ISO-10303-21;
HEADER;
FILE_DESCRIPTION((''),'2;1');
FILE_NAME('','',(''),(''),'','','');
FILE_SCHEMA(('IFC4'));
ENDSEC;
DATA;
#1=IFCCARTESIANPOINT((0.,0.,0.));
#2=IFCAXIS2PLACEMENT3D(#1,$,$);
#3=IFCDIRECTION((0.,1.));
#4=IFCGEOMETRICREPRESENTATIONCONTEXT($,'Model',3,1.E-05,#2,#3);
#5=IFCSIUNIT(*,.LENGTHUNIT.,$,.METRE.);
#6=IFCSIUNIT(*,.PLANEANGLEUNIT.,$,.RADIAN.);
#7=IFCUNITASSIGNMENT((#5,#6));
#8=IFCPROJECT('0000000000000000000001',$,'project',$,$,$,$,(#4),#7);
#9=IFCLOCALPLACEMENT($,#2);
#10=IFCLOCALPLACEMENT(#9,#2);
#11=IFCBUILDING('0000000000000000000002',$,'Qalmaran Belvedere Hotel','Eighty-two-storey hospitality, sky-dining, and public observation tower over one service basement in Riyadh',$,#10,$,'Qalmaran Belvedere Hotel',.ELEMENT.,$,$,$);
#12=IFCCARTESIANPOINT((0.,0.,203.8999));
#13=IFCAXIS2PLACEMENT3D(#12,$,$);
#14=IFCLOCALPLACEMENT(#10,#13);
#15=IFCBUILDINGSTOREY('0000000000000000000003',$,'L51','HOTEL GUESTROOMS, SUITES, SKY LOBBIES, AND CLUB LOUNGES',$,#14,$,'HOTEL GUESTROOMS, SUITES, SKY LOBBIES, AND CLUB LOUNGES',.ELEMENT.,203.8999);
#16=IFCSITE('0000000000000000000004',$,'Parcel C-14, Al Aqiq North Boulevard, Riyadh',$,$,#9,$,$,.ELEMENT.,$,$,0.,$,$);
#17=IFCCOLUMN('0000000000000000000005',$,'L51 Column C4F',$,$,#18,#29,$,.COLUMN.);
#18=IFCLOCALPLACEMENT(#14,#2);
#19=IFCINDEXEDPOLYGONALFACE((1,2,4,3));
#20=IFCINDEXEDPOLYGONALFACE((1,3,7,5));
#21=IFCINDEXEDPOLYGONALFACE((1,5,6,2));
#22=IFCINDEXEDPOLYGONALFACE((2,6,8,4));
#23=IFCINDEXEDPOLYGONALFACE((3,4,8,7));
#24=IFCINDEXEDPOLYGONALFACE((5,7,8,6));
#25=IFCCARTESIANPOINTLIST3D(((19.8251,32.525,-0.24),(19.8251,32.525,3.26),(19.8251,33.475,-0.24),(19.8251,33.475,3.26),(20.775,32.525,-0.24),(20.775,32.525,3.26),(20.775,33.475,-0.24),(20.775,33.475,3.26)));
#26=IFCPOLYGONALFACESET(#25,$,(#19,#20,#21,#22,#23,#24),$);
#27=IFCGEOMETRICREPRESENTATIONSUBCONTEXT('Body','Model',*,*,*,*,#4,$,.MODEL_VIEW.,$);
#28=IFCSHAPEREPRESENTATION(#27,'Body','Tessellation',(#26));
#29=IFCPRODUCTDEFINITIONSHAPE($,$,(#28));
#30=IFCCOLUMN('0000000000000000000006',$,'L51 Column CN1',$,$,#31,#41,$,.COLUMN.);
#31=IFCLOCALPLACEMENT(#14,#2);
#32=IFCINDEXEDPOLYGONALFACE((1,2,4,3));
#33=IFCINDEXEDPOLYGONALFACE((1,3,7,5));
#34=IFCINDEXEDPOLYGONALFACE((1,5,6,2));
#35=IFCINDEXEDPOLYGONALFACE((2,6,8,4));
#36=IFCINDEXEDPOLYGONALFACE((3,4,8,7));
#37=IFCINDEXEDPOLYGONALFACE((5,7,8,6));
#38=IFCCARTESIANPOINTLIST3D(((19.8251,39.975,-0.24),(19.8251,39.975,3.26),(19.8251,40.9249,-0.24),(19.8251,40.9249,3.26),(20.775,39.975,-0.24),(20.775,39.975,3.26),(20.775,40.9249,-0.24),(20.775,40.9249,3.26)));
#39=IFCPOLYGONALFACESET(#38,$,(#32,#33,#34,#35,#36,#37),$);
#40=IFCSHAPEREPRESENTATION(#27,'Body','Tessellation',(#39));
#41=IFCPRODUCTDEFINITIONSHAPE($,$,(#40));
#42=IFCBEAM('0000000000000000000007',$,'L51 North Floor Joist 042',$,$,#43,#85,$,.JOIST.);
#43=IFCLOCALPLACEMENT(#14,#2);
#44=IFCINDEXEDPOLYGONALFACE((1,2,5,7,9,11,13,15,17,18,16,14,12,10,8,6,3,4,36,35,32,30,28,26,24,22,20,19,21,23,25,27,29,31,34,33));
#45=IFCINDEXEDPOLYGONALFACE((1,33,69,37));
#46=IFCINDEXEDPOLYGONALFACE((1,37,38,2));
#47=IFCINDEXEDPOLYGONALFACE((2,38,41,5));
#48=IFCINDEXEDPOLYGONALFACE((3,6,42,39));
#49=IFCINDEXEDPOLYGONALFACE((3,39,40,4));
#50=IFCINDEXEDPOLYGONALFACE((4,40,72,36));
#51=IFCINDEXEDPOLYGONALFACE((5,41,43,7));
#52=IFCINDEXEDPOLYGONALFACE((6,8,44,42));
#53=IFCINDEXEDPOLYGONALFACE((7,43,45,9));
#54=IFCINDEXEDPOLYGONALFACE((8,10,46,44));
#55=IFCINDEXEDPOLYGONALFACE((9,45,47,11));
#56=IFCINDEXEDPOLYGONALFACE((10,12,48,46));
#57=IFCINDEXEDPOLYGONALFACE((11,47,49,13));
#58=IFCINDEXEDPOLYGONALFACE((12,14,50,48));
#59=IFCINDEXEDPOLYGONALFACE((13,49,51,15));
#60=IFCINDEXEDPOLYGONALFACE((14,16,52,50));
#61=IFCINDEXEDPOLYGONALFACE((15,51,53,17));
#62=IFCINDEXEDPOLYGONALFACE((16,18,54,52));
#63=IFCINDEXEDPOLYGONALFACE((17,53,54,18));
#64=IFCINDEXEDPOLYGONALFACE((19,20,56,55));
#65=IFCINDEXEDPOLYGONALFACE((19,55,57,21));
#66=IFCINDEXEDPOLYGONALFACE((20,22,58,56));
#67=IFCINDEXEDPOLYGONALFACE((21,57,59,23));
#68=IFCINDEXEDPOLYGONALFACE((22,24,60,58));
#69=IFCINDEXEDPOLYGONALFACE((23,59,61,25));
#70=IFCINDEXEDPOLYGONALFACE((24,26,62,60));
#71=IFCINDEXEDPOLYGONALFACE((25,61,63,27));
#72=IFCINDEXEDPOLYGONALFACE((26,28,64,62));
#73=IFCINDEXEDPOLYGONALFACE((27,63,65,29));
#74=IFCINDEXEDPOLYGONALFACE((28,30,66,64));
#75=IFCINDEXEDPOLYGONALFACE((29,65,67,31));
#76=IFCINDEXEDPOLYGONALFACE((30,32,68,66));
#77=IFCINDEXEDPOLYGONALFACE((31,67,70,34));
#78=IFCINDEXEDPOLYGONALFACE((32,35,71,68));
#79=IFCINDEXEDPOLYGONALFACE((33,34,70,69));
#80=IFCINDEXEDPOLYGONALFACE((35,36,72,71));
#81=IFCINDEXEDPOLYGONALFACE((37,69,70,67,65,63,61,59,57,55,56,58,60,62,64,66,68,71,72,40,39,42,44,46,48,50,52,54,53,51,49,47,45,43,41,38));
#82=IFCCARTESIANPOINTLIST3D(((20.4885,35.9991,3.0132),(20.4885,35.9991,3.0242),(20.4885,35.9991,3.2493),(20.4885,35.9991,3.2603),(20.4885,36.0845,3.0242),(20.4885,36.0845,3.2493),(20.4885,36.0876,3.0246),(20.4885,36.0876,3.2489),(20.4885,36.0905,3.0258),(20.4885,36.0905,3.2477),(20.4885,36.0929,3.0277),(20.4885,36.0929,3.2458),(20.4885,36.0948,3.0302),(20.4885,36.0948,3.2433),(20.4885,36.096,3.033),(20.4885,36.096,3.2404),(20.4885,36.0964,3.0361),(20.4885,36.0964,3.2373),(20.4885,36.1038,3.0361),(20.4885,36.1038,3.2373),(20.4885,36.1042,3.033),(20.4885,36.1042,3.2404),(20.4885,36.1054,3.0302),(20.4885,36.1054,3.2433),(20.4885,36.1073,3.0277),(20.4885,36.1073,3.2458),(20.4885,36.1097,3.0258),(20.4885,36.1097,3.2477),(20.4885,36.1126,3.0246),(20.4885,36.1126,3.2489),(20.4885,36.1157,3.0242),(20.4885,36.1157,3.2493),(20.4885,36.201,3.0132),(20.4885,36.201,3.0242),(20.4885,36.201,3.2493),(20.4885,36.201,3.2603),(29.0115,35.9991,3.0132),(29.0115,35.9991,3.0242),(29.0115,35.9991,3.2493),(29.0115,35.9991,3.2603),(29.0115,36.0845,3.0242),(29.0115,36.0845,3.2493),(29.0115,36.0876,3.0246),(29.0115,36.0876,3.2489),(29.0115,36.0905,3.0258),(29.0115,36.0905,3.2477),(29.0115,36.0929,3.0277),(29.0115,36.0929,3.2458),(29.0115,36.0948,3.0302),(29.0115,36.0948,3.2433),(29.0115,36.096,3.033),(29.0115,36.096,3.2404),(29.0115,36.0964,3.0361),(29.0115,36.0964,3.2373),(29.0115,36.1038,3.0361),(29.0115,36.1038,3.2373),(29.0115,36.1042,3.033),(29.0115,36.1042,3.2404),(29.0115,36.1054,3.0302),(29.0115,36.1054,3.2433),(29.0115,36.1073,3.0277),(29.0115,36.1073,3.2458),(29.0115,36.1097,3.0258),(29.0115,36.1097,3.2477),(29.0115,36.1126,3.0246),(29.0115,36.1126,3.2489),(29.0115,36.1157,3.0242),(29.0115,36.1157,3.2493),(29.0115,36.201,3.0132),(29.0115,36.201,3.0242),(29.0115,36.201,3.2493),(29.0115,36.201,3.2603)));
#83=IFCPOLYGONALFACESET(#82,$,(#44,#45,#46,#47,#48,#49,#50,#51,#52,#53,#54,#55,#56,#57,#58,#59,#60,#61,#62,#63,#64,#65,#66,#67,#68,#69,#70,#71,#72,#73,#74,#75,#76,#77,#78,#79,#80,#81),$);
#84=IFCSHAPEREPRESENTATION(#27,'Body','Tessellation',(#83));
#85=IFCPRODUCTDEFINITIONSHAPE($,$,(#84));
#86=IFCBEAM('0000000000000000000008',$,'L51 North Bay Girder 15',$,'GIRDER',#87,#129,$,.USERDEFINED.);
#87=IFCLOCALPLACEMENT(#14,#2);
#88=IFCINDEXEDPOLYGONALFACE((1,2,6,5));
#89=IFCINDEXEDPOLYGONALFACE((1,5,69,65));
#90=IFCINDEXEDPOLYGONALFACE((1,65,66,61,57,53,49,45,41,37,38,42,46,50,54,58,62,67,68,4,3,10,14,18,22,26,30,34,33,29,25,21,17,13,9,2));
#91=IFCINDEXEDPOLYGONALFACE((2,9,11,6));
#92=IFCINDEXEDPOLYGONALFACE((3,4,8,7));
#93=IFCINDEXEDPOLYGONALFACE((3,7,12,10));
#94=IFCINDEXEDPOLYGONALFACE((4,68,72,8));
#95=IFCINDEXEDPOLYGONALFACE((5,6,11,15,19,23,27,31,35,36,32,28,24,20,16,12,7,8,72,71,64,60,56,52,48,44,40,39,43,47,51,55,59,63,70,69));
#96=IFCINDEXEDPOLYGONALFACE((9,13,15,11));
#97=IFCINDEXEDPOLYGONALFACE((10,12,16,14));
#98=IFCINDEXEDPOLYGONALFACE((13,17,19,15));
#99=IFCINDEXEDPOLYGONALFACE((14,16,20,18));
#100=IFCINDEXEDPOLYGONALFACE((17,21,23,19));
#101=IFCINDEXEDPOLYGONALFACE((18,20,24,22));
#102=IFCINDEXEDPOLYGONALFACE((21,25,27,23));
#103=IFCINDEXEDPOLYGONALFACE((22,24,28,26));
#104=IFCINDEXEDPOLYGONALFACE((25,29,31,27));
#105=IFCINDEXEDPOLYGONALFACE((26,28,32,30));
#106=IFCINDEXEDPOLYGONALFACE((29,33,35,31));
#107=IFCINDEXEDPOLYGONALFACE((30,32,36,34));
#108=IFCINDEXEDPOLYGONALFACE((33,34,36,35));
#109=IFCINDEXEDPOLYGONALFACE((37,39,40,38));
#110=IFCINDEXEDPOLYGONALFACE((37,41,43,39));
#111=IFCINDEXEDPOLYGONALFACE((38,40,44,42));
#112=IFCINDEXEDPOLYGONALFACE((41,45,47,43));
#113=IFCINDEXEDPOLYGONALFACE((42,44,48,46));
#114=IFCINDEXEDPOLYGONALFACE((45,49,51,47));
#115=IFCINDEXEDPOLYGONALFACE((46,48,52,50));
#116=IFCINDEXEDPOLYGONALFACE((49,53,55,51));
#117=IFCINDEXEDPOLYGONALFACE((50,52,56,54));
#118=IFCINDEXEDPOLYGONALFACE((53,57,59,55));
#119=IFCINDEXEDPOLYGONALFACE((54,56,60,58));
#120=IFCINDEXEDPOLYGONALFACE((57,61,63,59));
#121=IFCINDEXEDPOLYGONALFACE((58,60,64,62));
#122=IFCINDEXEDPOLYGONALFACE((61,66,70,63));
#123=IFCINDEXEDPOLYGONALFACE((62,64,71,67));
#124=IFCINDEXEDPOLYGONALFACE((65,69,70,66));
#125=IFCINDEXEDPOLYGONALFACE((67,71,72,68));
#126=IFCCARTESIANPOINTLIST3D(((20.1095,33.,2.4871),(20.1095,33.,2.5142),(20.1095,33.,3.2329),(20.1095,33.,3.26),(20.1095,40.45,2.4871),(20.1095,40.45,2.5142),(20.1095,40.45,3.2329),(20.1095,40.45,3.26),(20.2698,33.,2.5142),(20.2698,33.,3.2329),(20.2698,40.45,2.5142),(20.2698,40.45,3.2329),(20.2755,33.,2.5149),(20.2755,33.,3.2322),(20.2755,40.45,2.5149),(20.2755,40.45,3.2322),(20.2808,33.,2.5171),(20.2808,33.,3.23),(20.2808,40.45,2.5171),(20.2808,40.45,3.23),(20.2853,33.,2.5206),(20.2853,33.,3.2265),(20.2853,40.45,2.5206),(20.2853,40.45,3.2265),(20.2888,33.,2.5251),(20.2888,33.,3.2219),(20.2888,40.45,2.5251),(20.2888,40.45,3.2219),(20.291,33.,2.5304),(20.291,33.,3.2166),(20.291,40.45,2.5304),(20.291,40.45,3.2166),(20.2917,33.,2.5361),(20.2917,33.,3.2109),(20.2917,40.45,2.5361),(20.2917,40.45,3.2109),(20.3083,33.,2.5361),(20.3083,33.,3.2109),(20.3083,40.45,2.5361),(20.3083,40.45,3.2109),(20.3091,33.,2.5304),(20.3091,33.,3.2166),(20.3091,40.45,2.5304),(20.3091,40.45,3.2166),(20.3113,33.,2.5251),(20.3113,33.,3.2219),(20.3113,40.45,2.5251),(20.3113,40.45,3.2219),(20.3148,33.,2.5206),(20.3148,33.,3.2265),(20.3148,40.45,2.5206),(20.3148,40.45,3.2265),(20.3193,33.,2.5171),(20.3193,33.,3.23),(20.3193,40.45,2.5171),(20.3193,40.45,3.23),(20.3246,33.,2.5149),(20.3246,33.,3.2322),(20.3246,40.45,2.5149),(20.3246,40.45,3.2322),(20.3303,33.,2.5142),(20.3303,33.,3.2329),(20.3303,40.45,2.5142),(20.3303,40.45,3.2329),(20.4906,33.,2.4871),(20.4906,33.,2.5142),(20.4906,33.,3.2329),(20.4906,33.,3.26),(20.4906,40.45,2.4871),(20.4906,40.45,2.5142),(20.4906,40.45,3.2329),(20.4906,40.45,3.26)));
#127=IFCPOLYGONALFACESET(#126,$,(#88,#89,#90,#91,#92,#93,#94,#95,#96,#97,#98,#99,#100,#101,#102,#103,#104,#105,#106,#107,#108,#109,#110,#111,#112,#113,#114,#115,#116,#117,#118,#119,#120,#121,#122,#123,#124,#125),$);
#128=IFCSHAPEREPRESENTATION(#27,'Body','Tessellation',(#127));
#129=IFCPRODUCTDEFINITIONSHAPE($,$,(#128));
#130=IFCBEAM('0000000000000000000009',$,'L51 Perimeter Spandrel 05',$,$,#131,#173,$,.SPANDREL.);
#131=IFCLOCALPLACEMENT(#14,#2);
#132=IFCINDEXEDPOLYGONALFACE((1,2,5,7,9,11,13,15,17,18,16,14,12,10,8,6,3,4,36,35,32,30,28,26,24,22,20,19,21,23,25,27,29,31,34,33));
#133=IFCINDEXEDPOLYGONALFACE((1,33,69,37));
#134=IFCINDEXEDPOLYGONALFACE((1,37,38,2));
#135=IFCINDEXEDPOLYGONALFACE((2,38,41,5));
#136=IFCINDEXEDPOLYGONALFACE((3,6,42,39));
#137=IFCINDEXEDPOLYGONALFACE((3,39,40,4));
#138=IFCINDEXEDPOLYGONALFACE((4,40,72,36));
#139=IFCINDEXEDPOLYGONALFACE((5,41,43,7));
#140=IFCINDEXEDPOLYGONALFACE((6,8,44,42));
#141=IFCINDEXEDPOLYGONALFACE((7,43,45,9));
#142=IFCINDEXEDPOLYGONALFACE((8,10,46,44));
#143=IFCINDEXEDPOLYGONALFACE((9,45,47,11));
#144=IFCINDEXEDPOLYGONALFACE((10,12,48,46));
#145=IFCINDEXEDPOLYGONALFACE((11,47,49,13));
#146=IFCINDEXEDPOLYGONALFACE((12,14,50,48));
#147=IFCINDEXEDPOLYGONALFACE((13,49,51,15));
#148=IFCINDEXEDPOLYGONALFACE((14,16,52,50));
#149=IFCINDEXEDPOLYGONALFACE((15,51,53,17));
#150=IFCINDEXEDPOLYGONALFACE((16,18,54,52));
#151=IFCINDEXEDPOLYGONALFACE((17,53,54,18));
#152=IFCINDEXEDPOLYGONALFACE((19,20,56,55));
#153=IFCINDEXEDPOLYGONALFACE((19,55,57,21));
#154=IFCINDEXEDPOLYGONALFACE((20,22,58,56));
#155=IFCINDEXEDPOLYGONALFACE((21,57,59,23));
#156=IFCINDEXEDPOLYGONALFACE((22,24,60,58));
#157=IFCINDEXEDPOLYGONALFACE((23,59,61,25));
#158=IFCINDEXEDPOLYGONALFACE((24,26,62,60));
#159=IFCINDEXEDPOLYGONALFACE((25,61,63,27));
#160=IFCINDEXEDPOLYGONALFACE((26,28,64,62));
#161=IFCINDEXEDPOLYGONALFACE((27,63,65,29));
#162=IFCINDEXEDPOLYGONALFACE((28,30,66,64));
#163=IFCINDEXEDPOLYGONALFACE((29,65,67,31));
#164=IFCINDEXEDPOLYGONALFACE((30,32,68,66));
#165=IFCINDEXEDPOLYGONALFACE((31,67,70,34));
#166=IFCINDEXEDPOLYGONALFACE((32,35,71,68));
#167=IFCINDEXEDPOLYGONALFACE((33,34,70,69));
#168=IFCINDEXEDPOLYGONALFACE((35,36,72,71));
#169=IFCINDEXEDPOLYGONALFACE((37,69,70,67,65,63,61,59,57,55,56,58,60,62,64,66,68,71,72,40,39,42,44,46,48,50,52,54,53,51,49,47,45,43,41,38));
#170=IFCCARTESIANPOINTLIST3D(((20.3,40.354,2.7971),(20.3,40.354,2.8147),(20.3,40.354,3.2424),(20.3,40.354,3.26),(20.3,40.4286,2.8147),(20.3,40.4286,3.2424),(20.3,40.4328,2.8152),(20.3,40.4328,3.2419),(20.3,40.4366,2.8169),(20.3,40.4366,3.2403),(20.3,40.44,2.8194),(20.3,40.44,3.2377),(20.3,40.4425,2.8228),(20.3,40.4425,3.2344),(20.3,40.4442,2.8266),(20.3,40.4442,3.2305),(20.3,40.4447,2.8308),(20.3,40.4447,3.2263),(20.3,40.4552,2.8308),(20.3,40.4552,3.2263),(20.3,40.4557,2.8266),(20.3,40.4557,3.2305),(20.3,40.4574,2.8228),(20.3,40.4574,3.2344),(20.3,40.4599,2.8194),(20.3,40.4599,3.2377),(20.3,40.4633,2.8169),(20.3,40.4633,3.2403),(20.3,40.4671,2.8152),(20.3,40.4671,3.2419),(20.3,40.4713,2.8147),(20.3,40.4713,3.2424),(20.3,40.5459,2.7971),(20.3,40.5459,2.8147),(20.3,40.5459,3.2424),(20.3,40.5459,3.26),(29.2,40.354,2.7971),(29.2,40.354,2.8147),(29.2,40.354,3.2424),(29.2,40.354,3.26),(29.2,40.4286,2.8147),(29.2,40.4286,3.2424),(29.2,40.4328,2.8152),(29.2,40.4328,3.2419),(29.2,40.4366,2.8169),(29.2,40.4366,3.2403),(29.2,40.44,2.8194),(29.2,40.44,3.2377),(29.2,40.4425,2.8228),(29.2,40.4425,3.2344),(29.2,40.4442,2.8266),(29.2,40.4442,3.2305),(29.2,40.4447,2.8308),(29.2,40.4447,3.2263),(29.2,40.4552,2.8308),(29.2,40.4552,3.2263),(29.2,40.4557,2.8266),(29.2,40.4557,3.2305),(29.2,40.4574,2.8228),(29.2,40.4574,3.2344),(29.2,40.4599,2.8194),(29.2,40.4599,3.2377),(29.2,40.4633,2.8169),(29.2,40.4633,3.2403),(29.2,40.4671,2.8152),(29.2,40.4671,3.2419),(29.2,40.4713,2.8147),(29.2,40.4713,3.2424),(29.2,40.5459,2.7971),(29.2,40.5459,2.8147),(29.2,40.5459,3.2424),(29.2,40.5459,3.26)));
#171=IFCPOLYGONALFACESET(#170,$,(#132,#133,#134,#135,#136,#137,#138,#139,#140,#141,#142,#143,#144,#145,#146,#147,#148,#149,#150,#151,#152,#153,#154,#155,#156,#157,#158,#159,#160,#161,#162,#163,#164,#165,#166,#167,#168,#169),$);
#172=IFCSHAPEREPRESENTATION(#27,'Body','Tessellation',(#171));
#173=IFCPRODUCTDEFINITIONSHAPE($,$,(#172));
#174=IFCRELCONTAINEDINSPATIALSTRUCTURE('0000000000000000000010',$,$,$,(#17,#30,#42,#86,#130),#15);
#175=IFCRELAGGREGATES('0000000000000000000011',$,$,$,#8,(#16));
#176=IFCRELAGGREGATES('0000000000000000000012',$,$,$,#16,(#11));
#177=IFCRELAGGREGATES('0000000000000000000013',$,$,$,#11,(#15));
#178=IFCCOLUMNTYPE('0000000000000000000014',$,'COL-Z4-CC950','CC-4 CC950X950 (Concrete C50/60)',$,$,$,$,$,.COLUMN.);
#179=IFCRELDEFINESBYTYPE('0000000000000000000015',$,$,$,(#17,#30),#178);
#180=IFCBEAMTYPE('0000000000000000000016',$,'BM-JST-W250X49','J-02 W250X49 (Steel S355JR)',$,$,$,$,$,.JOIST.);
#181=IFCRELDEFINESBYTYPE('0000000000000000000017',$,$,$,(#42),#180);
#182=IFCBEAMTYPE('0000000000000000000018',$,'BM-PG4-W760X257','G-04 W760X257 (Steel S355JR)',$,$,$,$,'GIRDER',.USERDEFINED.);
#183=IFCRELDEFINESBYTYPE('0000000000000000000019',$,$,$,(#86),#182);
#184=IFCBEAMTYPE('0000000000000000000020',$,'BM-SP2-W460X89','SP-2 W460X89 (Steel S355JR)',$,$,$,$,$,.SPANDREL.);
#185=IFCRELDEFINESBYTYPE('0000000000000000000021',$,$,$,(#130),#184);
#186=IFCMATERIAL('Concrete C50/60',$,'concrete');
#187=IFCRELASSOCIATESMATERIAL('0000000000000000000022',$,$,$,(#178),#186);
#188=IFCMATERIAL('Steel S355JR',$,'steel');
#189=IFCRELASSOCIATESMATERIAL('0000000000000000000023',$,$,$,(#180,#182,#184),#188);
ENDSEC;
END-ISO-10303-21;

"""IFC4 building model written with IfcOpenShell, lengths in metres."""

from ifc_helpers import new_model, si_unit, direction, frame, origin, origin_2d, place, context, subcontext, project, spatial, rectangle, i_section, extrude, material, material_profile, profile_set, type_object, element, save


model = new_model("IFC4")

# Units and contexts
model_context = context("Model", 3, precision=1e-05, world=origin(), true_north=direction((0.0, 1.0)))
body_context = subcontext(model_context, "Body", "Model", "MODEL_VIEW")
ifc_project = project(units=[si_unit("LENGTHUNIT", "METRE"), si_unit("PLANEANGLEUNIT", "RADIAN")], contexts=[model_context])

# Site, building, storey
site_placement = place(None, origin())
site = spatial("IfcSite", under=ifc_project, at=site_placement, Name="Parcel C-14, Al Aqiq North Boulevard, Riyadh", CompositionType="ELEMENT", RefElevation=0.0)
building_placement = place(site_placement, origin())
building = spatial("IfcBuilding", under=site, at=building_placement, Name="Qalmaran Belvedere Hotel", Description="Eighty-two-storey hospitality, sky-dining, and public observation tower over one service basement in Riyadh", LongName="Qalmaran Belvedere Hotel", CompositionType="ELEMENT")
storey_placement = place(building_placement, frame((0.0, 0.0, 203.8999)))
storey = spatial("IfcBuildingStorey", under=building, at=storey_placement, Name="L51", Description="HOTEL GUESTROOMS, SUITES, SKY LOBBIES, AND CLUB LOUNGES", LongName="HOTEL GUESTROOMS, SUITES, SKY LOBBIES, AND CLUB LOUNGES", CompositionType="ELEMENT", Elevation=203.8999)

# Columns
ifc_material_1 = material(Name="Concrete C50/60", Category="concrete")
ifc_material_profile_1 = material_profile(ifc_material_1, rectangle(XDim=0.95, YDim=0.95, at=origin_2d()), Name="CC950X950")
ifc_profile_set_1 = profile_set([ifc_material_profile_1], Name="Concrete C50/60")
column_type = type_object("IfcColumnType", Name="COL-Z4-CC950", Description="CC-4 CC950X950 (Concrete C50/60)", PredefinedType="COLUMN", material=ifc_profile_set_1)
for number, where, z_axis, x_axis, name in (
    (1, (20.3, 33.0, -0.24), (0.0, 0.0, 1.0), (1.0, 0.0, 0.0), "L51 Column C4F"),
    (2, (20.3, 40.45, -0.24), (0.0, 0.0, 1.0), (1.0, 0.0, 0.0), "L51 Column CN1"),
):
    element("IfcColumn", number, at=place(storey_placement, frame(where, z_axis=z_axis, x_axis=x_axis)), inside=storey, type_object=column_type, Name=name, PredefinedType="COLUMN", context=body_context, shape_type="SweptSolid", body=[
        extrude(rectangle(XDim=0.95, YDim=0.95, at=origin_2d()), origin(), (0.0, 0.0, 1.0), 3.5),
    ])

# Beams
ifc_material_2 = material(Name="Steel S355JR", Category="steel")
ifc_material_profile_2 = material_profile(ifc_material_2, i_section(OverallWidth=0.2019, OverallDepth=0.2471, WebThickness=0.0073, FlangeThickness=0.011, FilletRadius=0.012, at=origin_2d()), Name="W250X49")
ifc_profile_set_2 = profile_set([ifc_material_profile_2], Name="Steel S355JR")
beam_type_1 = type_object("IfcBeamType", Name="BM-JST-W250X49", Description="J-02 W250X49 (Steel S355JR)", PredefinedType="JOIST", material=ifc_profile_set_2)
beam_1_placement = place(storey_placement, frame((20.4885, 36.1001, 3.1367), z_axis=(1.0, 0.0, 0.0), x_axis=(0.0, 1.0, 0.0)))
element("IfcBeam", 3, at=beam_1_placement, inside=storey, type_object=beam_type_1, Name="L51 North Floor Joist 042", PredefinedType="JOIST", context=body_context, shape_type="SweptSolid", body=[
    extrude(i_section(OverallWidth=0.2019, OverallDepth=0.2471, WebThickness=0.0073, FlangeThickness=0.011, FilletRadius=0.012, at=origin_2d()), origin(), (0.0, 0.0, 1.0), 8.5229),
])
ifc_material_profile_3 = material_profile(ifc_material_2, i_section(OverallWidth=0.3811, OverallDepth=0.7729, WebThickness=0.0166, FlangeThickness=0.0271, FilletRadius=0.022, at=origin_2d()), Name="W760X257")
ifc_profile_set_3 = profile_set([ifc_material_profile_3], Name="Steel S355JR")
beam_type_2 = type_object("IfcBeamType", Name="BM-PG4-W760X257", Description="G-04 W760X257 (Steel S355JR)", ElementType="GIRDER", PredefinedType="USERDEFINED", material=ifc_profile_set_3)
beam_2_placement = place(storey_placement, frame((20.3, 33.0, 2.8735), z_axis=(0.0, 1.0, 0.0), x_axis=(-1.0, 0.0, 0.0)))
element("IfcBeam", 4, at=beam_2_placement, inside=storey, type_object=beam_type_2, Name="L51 North Bay Girder 15", ObjectType="GIRDER", PredefinedType="USERDEFINED", context=body_context, shape_type="SweptSolid", body=[
    extrude(i_section(OverallWidth=0.3811, OverallDepth=0.7729, WebThickness=0.0166, FlangeThickness=0.0271, FilletRadius=0.022, at=origin_2d()), origin(), (0.0, 0.0, 1.0), 7.45),
])
ifc_material_profile_4 = material_profile(ifc_material_2, i_section(OverallWidth=0.1919, OverallDepth=0.4629, WebThickness=0.0105, FlangeThickness=0.0176, FilletRadius=0.0161, at=origin_2d()), Name="W460X89")
ifc_profile_set_4 = profile_set([ifc_material_profile_4], Name="Steel S355JR")
beam_type_3 = type_object("IfcBeamType", Name="BM-SP2-W460X89", Description="SP-2 W460X89 (Steel S355JR)", PredefinedType="SPANDREL", material=ifc_profile_set_4)
beam_3_placement = place(storey_placement, frame((20.3, 40.45, 3.0286), z_axis=(1.0, 0.0, 0.0), x_axis=(0.0, 1.0, 0.0)))
element("IfcBeam", 5, at=beam_3_placement, inside=storey, type_object=beam_type_3, Name="L51 Perimeter Spandrel 05", PredefinedType="SPANDREL", context=body_context, shape_type="SweptSolid", body=[
    extrude(i_section(OverallWidth=0.1919, OverallDepth=0.4629, WebThickness=0.0105, FlangeThickness=0.0176, FilletRadius=0.0161, at=origin_2d()), origin(), (0.0, 0.0, 1.0), 8.8999),
])

save(model, "model.ifc")
